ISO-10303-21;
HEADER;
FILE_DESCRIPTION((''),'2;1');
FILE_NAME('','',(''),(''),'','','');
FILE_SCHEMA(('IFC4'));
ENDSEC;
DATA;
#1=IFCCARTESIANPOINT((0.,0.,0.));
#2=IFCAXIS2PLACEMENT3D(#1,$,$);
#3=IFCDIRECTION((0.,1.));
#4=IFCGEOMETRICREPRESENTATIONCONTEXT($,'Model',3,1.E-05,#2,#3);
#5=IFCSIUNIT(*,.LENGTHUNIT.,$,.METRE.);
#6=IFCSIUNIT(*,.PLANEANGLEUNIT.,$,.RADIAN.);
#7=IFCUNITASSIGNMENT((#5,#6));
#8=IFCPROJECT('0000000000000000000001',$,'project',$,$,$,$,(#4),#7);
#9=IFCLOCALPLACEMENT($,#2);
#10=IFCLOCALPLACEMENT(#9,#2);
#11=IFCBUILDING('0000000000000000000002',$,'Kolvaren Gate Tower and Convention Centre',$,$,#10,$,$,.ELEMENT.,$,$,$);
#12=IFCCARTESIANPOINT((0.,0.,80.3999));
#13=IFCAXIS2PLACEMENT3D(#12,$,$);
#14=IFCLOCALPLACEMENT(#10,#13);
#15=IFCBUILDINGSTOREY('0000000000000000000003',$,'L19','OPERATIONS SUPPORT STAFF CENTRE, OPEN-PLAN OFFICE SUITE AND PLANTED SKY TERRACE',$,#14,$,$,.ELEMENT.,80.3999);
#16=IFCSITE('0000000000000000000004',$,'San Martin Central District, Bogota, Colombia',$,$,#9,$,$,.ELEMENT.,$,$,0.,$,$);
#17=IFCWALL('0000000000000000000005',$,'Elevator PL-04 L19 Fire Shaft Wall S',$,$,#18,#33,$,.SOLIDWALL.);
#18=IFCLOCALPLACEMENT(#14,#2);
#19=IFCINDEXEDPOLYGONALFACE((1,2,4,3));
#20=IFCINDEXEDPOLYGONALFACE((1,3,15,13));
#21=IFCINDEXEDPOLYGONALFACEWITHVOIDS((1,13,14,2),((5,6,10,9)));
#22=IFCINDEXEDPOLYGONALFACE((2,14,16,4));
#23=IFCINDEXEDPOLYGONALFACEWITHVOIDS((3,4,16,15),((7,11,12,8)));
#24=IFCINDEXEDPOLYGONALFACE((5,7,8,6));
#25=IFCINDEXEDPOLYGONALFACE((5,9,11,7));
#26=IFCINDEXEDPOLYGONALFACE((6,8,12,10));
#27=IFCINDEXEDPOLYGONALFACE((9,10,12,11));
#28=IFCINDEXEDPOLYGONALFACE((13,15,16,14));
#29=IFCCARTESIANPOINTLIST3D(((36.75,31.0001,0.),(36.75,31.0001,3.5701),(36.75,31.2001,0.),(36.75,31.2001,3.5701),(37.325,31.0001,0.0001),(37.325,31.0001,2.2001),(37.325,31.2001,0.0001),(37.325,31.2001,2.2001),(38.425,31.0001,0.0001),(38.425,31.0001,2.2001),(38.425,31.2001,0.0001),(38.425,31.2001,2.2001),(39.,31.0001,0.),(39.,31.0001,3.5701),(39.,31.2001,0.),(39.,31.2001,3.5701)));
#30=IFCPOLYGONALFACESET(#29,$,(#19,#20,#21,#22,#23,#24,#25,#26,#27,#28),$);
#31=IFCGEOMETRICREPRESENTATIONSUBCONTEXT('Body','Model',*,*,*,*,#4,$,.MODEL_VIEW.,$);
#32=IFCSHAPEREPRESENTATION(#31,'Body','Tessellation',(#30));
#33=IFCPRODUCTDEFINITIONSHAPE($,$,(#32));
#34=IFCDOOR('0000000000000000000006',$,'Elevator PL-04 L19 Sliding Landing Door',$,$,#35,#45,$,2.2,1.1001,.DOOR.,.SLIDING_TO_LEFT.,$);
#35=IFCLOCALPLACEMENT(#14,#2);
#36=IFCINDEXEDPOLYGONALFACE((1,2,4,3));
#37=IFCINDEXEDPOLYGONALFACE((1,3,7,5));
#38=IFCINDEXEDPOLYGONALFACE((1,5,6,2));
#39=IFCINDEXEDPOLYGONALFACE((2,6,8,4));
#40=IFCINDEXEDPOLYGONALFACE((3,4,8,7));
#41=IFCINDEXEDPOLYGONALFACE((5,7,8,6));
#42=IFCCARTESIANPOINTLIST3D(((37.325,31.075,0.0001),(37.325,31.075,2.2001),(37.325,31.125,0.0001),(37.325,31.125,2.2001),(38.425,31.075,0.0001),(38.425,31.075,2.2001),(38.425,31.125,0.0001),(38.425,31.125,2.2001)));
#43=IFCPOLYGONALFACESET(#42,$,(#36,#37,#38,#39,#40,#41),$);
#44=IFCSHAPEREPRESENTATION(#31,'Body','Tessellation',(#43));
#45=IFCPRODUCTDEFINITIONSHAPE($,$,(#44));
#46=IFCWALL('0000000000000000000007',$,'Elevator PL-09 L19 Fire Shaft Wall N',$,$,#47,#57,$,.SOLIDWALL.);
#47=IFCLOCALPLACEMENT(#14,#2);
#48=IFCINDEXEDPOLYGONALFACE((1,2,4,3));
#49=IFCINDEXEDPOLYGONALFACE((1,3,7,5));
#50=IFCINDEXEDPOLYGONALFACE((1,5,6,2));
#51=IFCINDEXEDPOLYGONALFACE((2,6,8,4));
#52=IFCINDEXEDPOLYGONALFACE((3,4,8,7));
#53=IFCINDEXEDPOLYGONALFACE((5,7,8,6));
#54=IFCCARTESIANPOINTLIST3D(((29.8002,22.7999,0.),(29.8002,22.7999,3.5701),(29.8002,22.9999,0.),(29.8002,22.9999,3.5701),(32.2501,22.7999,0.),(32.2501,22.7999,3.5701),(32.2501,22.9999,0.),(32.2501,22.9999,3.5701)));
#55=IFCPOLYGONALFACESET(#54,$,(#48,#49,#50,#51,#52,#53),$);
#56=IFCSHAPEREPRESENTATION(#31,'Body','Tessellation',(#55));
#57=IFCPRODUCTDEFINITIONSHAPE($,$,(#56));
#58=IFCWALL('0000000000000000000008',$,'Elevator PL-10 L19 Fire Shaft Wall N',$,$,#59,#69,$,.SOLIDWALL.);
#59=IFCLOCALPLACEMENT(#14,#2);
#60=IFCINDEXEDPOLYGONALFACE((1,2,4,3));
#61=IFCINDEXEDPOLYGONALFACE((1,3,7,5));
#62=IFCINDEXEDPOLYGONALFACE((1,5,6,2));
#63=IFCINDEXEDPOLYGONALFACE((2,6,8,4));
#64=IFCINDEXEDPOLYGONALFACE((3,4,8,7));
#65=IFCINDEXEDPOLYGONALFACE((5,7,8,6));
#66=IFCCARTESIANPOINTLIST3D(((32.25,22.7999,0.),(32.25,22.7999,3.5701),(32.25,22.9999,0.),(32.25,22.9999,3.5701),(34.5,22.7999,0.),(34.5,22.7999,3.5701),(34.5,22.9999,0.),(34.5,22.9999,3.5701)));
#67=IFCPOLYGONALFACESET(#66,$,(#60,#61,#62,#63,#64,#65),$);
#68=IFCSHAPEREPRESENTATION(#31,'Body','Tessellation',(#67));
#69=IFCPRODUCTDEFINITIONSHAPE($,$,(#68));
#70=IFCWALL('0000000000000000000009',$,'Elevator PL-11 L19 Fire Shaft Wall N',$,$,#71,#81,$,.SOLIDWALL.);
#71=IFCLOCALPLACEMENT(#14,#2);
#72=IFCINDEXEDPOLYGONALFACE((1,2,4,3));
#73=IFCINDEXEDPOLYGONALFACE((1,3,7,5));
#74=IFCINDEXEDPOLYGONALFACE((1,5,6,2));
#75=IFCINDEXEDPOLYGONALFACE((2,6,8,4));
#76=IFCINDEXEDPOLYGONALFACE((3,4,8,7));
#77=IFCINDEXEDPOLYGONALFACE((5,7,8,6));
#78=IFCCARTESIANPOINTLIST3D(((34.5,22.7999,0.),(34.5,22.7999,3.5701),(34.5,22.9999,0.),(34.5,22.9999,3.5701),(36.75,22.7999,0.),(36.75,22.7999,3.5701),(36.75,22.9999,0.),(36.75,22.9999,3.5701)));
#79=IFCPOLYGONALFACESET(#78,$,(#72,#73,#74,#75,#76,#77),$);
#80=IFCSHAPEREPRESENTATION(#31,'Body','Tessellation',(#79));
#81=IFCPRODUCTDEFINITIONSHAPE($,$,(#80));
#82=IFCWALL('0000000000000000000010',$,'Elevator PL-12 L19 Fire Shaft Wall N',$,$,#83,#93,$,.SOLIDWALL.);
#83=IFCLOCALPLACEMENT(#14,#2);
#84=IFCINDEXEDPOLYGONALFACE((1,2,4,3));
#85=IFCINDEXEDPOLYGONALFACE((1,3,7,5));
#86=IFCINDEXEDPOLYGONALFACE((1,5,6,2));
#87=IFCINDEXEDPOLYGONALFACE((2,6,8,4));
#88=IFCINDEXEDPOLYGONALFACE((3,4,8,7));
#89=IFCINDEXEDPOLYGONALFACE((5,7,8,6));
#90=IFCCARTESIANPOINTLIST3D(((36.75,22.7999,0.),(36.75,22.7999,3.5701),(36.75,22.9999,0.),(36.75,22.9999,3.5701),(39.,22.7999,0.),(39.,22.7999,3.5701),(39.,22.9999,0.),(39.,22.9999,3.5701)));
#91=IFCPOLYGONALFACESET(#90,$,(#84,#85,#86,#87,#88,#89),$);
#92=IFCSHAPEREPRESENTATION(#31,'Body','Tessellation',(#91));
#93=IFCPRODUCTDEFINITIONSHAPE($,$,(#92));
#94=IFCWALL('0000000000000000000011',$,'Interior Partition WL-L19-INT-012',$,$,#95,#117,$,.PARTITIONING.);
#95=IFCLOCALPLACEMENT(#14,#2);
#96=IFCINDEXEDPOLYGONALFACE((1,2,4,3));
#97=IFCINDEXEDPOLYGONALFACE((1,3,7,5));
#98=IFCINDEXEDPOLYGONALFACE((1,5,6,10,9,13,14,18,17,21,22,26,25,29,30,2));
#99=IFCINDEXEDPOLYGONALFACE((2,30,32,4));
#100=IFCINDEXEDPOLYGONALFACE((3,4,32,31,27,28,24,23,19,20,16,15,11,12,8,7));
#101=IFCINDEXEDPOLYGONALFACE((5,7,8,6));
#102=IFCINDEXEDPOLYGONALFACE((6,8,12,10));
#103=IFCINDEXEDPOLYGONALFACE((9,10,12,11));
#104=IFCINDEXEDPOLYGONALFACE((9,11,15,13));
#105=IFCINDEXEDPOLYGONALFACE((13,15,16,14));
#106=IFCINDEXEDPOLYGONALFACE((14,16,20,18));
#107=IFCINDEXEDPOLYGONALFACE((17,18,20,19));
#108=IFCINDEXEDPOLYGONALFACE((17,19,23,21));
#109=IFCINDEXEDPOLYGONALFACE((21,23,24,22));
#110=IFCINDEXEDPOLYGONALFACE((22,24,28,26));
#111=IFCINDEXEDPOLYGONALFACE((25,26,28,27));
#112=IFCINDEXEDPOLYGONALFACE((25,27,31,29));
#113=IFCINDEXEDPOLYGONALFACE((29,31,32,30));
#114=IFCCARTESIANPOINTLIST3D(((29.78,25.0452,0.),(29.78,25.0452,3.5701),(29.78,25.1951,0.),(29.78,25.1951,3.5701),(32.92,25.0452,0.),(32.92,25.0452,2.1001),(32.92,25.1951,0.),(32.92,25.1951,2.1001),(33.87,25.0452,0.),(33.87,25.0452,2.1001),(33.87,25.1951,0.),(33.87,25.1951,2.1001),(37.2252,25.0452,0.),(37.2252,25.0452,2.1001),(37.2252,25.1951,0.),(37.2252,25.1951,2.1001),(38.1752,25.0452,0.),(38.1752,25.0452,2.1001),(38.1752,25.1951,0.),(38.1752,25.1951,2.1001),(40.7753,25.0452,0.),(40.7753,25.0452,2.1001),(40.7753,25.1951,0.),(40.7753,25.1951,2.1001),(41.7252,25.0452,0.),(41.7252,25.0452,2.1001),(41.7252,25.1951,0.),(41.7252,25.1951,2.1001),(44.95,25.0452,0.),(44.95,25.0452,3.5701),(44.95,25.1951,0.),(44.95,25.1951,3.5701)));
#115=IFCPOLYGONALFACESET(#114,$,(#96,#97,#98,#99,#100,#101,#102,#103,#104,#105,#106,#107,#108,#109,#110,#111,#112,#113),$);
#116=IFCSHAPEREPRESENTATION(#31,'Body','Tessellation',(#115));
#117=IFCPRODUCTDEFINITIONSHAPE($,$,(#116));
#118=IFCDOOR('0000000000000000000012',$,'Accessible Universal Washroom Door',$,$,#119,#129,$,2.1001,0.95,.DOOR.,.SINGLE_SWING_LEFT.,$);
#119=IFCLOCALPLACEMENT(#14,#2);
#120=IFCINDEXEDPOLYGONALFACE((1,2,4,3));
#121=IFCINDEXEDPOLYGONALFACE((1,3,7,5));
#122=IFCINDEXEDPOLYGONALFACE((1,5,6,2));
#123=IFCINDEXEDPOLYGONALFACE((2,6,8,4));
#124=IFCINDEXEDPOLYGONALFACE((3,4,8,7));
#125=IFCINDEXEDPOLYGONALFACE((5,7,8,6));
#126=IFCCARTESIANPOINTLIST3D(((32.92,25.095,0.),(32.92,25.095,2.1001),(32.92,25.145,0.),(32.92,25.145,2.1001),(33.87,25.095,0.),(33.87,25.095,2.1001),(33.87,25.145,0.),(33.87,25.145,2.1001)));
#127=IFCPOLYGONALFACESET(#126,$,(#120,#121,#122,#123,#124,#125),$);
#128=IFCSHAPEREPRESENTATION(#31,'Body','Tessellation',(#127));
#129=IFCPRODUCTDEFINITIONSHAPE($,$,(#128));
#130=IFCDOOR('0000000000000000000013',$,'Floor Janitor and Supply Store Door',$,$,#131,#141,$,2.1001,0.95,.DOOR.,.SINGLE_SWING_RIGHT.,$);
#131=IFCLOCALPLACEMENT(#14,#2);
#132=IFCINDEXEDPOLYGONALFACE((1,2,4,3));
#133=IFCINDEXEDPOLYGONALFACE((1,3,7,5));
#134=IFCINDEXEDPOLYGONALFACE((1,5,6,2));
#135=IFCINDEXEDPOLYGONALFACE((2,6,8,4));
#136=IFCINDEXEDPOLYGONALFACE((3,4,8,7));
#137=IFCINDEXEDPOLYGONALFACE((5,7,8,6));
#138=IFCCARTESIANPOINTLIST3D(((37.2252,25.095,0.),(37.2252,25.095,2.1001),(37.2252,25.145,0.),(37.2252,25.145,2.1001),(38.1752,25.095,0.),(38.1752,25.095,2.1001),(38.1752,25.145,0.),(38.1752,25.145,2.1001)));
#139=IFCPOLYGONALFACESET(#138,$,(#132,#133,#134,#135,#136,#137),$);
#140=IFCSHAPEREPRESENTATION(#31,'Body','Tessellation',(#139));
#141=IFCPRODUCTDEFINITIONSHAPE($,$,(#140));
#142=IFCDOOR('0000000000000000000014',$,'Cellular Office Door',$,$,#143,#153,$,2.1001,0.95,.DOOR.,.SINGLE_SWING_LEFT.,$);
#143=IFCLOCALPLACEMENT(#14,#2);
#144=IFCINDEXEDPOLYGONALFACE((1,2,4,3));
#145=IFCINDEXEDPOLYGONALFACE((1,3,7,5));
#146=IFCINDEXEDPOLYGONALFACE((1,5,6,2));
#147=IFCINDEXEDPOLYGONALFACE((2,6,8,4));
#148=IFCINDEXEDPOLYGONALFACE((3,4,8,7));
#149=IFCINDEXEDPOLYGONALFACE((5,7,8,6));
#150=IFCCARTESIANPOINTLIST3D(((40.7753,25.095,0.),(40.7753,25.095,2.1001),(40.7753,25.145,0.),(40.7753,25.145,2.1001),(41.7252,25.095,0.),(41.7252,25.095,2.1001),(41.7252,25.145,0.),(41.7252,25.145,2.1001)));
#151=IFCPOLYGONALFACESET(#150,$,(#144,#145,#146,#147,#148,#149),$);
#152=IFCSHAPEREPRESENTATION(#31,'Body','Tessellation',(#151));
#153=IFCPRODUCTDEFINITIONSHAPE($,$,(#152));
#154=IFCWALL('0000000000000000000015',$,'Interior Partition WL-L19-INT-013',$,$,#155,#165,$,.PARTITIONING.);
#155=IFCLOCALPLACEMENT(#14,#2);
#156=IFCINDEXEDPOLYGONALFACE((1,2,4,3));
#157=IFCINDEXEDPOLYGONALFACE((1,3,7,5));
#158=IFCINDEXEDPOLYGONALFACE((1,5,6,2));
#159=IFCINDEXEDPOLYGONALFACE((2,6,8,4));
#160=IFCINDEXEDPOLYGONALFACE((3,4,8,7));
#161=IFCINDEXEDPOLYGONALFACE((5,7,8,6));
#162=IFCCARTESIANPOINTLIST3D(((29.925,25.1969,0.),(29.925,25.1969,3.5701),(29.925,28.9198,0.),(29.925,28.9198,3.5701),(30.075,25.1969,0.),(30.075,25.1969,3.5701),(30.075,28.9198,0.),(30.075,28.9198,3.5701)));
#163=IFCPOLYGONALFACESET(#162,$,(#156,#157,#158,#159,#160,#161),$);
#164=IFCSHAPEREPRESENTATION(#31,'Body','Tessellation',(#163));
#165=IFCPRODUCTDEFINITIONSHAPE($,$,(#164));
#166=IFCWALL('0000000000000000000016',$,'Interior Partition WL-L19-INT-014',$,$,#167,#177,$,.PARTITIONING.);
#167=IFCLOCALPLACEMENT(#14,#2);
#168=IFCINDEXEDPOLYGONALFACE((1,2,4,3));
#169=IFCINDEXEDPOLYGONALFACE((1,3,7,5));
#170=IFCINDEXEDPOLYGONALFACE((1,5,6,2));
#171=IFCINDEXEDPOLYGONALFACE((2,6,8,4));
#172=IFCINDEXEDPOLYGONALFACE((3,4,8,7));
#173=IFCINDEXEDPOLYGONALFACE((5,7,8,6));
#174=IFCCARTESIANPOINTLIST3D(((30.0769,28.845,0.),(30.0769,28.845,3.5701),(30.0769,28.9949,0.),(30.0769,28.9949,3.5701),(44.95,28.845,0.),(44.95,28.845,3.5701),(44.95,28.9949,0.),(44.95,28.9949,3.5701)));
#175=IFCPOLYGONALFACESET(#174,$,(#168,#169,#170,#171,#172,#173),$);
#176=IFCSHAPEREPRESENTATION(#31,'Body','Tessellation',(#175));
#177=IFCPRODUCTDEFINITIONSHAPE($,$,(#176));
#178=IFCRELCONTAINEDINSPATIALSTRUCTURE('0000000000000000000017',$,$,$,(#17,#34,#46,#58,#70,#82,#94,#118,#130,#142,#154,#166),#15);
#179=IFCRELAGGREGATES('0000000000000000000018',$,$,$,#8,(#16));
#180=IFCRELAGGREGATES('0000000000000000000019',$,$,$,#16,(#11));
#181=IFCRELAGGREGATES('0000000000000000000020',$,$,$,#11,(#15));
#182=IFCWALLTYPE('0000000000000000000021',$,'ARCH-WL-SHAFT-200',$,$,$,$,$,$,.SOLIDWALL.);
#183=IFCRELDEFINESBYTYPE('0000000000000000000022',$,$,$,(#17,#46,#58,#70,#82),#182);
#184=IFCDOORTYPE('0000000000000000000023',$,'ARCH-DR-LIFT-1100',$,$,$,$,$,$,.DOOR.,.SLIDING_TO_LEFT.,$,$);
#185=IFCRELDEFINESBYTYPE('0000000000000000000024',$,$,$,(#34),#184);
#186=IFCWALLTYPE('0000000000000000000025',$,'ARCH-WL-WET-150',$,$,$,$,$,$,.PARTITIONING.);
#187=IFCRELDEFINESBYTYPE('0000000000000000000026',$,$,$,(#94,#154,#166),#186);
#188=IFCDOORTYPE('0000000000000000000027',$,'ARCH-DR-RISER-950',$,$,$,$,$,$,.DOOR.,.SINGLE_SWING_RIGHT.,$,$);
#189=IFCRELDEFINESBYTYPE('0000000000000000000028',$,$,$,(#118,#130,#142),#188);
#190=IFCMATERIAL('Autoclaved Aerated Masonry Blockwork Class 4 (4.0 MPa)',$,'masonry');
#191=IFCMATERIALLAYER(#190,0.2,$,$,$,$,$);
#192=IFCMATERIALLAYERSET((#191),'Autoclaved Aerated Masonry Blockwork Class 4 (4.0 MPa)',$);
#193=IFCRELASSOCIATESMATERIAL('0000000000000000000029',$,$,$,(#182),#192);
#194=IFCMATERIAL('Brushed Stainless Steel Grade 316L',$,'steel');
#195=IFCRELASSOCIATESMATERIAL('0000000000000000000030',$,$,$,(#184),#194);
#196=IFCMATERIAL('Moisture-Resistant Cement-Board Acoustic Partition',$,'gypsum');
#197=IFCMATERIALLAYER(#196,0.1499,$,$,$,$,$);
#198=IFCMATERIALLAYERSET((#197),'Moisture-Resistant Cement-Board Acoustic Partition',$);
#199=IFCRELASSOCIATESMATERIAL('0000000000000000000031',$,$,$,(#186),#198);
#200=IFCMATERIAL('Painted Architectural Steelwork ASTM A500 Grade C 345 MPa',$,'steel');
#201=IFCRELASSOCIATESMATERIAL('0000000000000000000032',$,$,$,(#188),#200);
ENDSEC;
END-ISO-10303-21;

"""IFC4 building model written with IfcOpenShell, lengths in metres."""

from ifc_helpers import new_model, si_unit, direction, frame, frame_2d, origin, place, context, subcontext, project, spatial, rectangle, extrude, material, layer, layer_set, type_object, element, fill, save


model = new_model("IFC4")

# Units and contexts
model_context = context("Model", 3, precision=1e-05, world=origin(), true_north=direction((0.0, 1.0)))
body_context = subcontext(model_context, "Body", "Model", "MODEL_VIEW")
ifc_project = project(units=[si_unit("LENGTHUNIT", "METRE"), si_unit("PLANEANGLEUNIT", "RADIAN")], contexts=[model_context])

# Site, building, storey
site_placement = place(None, origin())
site = spatial("IfcSite", under=ifc_project, at=site_placement, Name="San Martin Central District, Bogota, Colombia", CompositionType="ELEMENT", RefElevation=0.0)
building_placement = place(site_placement, origin())
building = spatial("IfcBuilding", under=site, at=building_placement, Name="Kolvaren Gate Tower and Convention Centre", CompositionType="ELEMENT")
storey_placement = place(building_placement, frame((0.0, 0.0, 80.3999)))
storey = spatial("IfcBuildingStorey", under=building, at=storey_placement, Name="L19", Description="OPERATIONS SUPPORT STAFF CENTRE, OPEN-PLAN OFFICE SUITE AND PLANTED SKY TERRACE", CompositionType="ELEMENT", Elevation=80.3999)

# Shared definitions
ifc_material_1 = material(Name="Autoclaved Aerated Masonry Blockwork Class 4 (4.0 MPa)", Category="masonry")
ifc_layer_1 = layer(ifc_material_1, 0.2)
ifc_layer_set_1 = layer_set([ifc_layer_1], Name="Autoclaved Aerated Masonry Blockwork Class 4 (4.0 MPa)")
wall_type_1 = type_object("IfcWallType", Name="ARCH-WL-SHAFT-200", PredefinedType="SOLIDWALL", material=ifc_layer_set_1)
ifc_material_2 = material(Name="Brushed Stainless Steel Grade 316L", Category="steel")
door_type_1 = type_object("IfcDoorType", Name="ARCH-DR-LIFT-1100", OperationType="SLIDING_TO_LEFT", PredefinedType="DOOR", material=ifc_material_2)

# Wall, opening, door
wall_1_placement = place(storey_placement, frame((36.75, 31.1001, 0.0), z_axis=(0.0, 0.0, 1.0), x_axis=(1.0, 0.0, 0.0)))
wall_1 = element("IfcWall", 1, at=wall_1_placement, inside=storey, type_object=wall_type_1, Name="Elevator PL-04 L19 Fire Shaft Wall S", PredefinedType="SOLIDWALL", context=body_context, shape_type="SweptSolid", body=[
    extrude(rectangle(XDim=2.25, YDim=0.2, at=frame_2d((1.125, 0.0))), origin(), (0.0, 0.0, 1.0), 3.5701),
])
opening_1_placement = place(wall_1_placement, frame((0.575, 0.0, 0.0)))
opening_1 = element("IfcOpeningElement", 2, at=opening_1_placement, cuts=wall_1, PredefinedType="OPENING", context=body_context, shape_type="SweptSolid", body=[
    extrude(rectangle(XDim=1.1001, YDim=2.2, at=frame_2d((0.55, 1.1001))), frame((0.0, 0.1099, 0.0), z_axis=(0.0, -1.0, 0.0), x_axis=(1.0, 0.0, 0.0)), (0.0, 0.0, 1.0), 0.22),
])
door_1_placement = place(opening_1_placement, origin())
door_1 = element("IfcDoor", 3, at=door_1_placement, inside=storey, type_object=door_type_1, Name="Elevator PL-04 L19 Sliding Landing Door", OperationType="SLIDING_TO_LEFT", OverallHeight=2.2, OverallWidth=1.1001, PredefinedType="DOOR", context=body_context, shape_type="SweptSolid", body=[
    extrude(rectangle(XDim=1.1001, YDim=2.2, at=frame_2d((0.55, 1.1001))), frame((0.0, 0.0249, 0.0), z_axis=(0.0, -1.0, 0.0), x_axis=(1.0, 0.0, 0.0)), (0.0, 0.0, 1.0), 0.05),
])
fill(opening_1, door_1)

# Walls
wall_2_placement = place(storey_placement, frame((29.8, 22.8999, 0.0), z_axis=(0.0, 0.0, 1.0), x_axis=(1.0, 0.0, 0.0)))
element("IfcWall", 4, at=wall_2_placement, inside=storey, type_object=wall_type_1, Name="Elevator PL-09 L19 Fire Shaft Wall N", PredefinedType="SOLIDWALL", context=body_context, shape_type="SweptSolid", body=[
    extrude(rectangle(XDim=2.45, YDim=0.2, at=frame_2d((1.2251, 0.0))), origin(), (0.0, 0.0, 1.0), 3.5701),
])
for number, where, z_axis, x_axis, name in (
    (5, (32.25, 22.8999, 0.0), (0.0, 0.0, 1.0), (1.0, 0.0, 0.0), "Elevator PL-10 L19 Fire Shaft Wall N"),
    (6, (34.5, 22.8999, 0.0), (0.0, 0.0, 1.0), (1.0, 0.0, 0.0), "Elevator PL-11 L19 Fire Shaft Wall N"),
    (7, (36.75, 22.8999, 0.0), (0.0, 0.0, 1.0), (1.0, 0.0, 0.0), "Elevator PL-12 L19 Fire Shaft Wall N"),
):
    element("IfcWall", number, at=place(storey_placement, frame(where, z_axis=z_axis, x_axis=x_axis)), inside=storey, type_object=wall_type_1, Name=name, PredefinedType="SOLIDWALL", context=body_context, shape_type="SweptSolid", body=[
        extrude(rectangle(XDim=2.25, YDim=0.2, at=frame_2d((1.125, 0.0))), origin(), (0.0, 0.0, 1.0), 3.5701),
    ])

# Wall, openings, doors
ifc_material_3 = material(Name="Moisture-Resistant Cement-Board Acoustic Partition", Category="gypsum")
ifc_layer_2 = layer(ifc_material_3, 0.1499)
ifc_layer_set_2 = layer_set([ifc_layer_2], Name="Moisture-Resistant Cement-Board Acoustic Partition")
wall_type_2 = type_object("IfcWallType", Name="ARCH-WL-WET-150", PredefinedType="PARTITIONING", material=ifc_layer_set_2)
wall_3_placement = place(storey_placement, frame((29.78, 25.1201, 0.0), z_axis=(0.0, 0.0, 1.0), x_axis=(1.0, 0.0, 0.0)))
wall_3 = element("IfcWall", 8, at=wall_3_placement, inside=storey, type_object=wall_type_2, Name="Interior Partition WL-L19-INT-012", PredefinedType="PARTITIONING", context=body_context, shape_type="SweptSolid", body=[
    extrude(rectangle(XDim=15.1699, YDim=0.1499, at=frame_2d((7.585, 0.0))), origin(), (0.0, 0.0, 1.0), 3.5701),
])
opening_2_placement = place(wall_3_placement, frame((3.1399, 0.0, 0.0)))
opening_2 = element("IfcOpeningElement", 9, at=opening_2_placement, cuts=wall_3, PredefinedType="OPENING", context=body_context, shape_type="SweptSolid", body=[
    extrude(rectangle(XDim=0.95, YDim=2.1001, at=frame_2d((0.4751, 1.05))), frame((0.0, 0.085, 0.0), z_axis=(0.0, -1.0, 0.0), x_axis=(1.0, 0.0, 0.0)), (0.0, 0.0, 1.0), 0.1699),
])
opening_3_placement = place(wall_3_placement, frame((7.4451, 0.0, 0.0)))
opening_3 = element("IfcOpeningElement", 10, at=opening_3_placement, cuts=wall_3, PredefinedType="OPENING", context=body_context, shape_type="SweptSolid", body=[
    extrude(rectangle(XDim=0.95, YDim=2.1001, at=frame_2d((0.4751, 1.05))), frame((0.0, 0.085, 0.0), z_axis=(0.0, -1.0, 0.0), x_axis=(1.0, 0.0, 0.0)), (0.0, 0.0, 1.0), 0.1699),
])
opening_4_placement = place(wall_3_placement, frame((10.9951, 0.0, 0.0)))
opening_4 = element("IfcOpeningElement", 11, at=opening_4_placement, cuts=wall_3, PredefinedType="OPENING", context=body_context, shape_type="SweptSolid", body=[
    extrude(rectangle(XDim=0.95, YDim=2.1001, at=frame_2d((0.4751, 1.05))), frame((0.0, 0.085, 0.0), z_axis=(0.0, -1.0, 0.0), x_axis=(1.0, 0.0, 0.0)), (0.0, 0.0, 1.0), 0.1699),
])
ifc_material_4 = material(Name="Painted Architectural Steelwork ASTM A500 Grade C 345 MPa", Category="steel")
door_type_2 = type_object("IfcDoorType", Name="ARCH-DR-RISER-950", OperationType="SINGLE_SWING_RIGHT", PredefinedType="DOOR", material=ifc_material_4)
door_2_placement = place(opening_2_placement, origin())
door_2 = element("IfcDoor", 12, at=door_2_placement, inside=storey, type_object=door_type_2, Name="Accessible Universal Washroom Door", OperationType="SINGLE_SWING_LEFT", OverallHeight=2.1001, OverallWidth=0.95, PredefinedType="DOOR", context=body_context, shape_type="SweptSolid", body=[
    extrude(rectangle(XDim=0.95, YDim=2.1001, at=frame_2d((0.4751, 1.05))), frame((0.0, 0.0249, 0.0), z_axis=(0.0, -1.0, 0.0), x_axis=(1.0, 0.0, 0.0)), (0.0, 0.0, 1.0), 0.05),
])
fill(opening_2, door_2)
door_3_placement = place(opening_3_placement, origin())
door_3 = element("IfcDoor", 13, at=door_3_placement, inside=storey, type_object=door_type_2, Name="Floor Janitor and Supply Store Door", OperationType="SINGLE_SWING_RIGHT", OverallHeight=2.1001, OverallWidth=0.95, PredefinedType="DOOR", context=body_context, shape_type="SweptSolid", body=[
    extrude(rectangle(XDim=0.95, YDim=2.1001, at=frame_2d((0.4751, 1.05))), frame((0.0, 0.0249, 0.0), z_axis=(0.0, -1.0, 0.0), x_axis=(1.0, 0.0, 0.0)), (0.0, 0.0, 1.0), 0.05),
])
fill(opening_3, door_3)
door_4_placement = place(opening_4_placement, origin())
door_4 = element("IfcDoor", 14, at=door_4_placement, inside=storey, type_object=door_type_2, Name="Cellular Office Door", OperationType="SINGLE_SWING_LEFT", OverallHeight=2.1001, OverallWidth=0.95, PredefinedType="DOOR", context=body_context, shape_type="SweptSolid", body=[
    extrude(rectangle(XDim=0.95, YDim=2.1001, at=frame_2d((0.4751, 1.05))), frame((0.0, 0.0249, 0.0), z_axis=(0.0, -1.0, 0.0), x_axis=(1.0, 0.0, 0.0)), (0.0, 0.0, 1.0), 0.05),
])
fill(opening_4, door_4)

# Walls
wall_4_placement = place(storey_placement, frame((30.0, 25.197, 0.0), z_axis=(0.0, 0.0, 1.0), x_axis=(0.0, 1.0, 0.0)))
element("IfcWall", 15, at=wall_4_placement, inside=storey, type_object=wall_type_2, Name="Interior Partition WL-L19-INT-013", PredefinedType="PARTITIONING", context=body_context, shape_type="SweptSolid", body=[
    extrude(rectangle(XDim=3.7229, YDim=0.1499, at=frame_2d((1.8613, 0.0))), origin(), (0.0, 0.0, 1.0), 3.5701),
])
wall_5_placement = place(storey_placement, frame((30.0769, 28.9199, 0.0), z_axis=(0.0, 0.0, 1.0), x_axis=(1.0, 0.0, 0.0)))
element("IfcWall", 16, at=wall_5_placement, inside=storey, type_object=wall_type_2, Name="Interior Partition WL-L19-INT-014", PredefinedType="PARTITIONING", context=body_context, shape_type="SweptSolid", body=[
    extrude(rectangle(XDim=14.873, YDim=0.1499, at=frame_2d((7.4365, 0.0))), origin(), (0.0, 0.0, 1.0), 3.5701),
])

save(model, "model.ifc")
